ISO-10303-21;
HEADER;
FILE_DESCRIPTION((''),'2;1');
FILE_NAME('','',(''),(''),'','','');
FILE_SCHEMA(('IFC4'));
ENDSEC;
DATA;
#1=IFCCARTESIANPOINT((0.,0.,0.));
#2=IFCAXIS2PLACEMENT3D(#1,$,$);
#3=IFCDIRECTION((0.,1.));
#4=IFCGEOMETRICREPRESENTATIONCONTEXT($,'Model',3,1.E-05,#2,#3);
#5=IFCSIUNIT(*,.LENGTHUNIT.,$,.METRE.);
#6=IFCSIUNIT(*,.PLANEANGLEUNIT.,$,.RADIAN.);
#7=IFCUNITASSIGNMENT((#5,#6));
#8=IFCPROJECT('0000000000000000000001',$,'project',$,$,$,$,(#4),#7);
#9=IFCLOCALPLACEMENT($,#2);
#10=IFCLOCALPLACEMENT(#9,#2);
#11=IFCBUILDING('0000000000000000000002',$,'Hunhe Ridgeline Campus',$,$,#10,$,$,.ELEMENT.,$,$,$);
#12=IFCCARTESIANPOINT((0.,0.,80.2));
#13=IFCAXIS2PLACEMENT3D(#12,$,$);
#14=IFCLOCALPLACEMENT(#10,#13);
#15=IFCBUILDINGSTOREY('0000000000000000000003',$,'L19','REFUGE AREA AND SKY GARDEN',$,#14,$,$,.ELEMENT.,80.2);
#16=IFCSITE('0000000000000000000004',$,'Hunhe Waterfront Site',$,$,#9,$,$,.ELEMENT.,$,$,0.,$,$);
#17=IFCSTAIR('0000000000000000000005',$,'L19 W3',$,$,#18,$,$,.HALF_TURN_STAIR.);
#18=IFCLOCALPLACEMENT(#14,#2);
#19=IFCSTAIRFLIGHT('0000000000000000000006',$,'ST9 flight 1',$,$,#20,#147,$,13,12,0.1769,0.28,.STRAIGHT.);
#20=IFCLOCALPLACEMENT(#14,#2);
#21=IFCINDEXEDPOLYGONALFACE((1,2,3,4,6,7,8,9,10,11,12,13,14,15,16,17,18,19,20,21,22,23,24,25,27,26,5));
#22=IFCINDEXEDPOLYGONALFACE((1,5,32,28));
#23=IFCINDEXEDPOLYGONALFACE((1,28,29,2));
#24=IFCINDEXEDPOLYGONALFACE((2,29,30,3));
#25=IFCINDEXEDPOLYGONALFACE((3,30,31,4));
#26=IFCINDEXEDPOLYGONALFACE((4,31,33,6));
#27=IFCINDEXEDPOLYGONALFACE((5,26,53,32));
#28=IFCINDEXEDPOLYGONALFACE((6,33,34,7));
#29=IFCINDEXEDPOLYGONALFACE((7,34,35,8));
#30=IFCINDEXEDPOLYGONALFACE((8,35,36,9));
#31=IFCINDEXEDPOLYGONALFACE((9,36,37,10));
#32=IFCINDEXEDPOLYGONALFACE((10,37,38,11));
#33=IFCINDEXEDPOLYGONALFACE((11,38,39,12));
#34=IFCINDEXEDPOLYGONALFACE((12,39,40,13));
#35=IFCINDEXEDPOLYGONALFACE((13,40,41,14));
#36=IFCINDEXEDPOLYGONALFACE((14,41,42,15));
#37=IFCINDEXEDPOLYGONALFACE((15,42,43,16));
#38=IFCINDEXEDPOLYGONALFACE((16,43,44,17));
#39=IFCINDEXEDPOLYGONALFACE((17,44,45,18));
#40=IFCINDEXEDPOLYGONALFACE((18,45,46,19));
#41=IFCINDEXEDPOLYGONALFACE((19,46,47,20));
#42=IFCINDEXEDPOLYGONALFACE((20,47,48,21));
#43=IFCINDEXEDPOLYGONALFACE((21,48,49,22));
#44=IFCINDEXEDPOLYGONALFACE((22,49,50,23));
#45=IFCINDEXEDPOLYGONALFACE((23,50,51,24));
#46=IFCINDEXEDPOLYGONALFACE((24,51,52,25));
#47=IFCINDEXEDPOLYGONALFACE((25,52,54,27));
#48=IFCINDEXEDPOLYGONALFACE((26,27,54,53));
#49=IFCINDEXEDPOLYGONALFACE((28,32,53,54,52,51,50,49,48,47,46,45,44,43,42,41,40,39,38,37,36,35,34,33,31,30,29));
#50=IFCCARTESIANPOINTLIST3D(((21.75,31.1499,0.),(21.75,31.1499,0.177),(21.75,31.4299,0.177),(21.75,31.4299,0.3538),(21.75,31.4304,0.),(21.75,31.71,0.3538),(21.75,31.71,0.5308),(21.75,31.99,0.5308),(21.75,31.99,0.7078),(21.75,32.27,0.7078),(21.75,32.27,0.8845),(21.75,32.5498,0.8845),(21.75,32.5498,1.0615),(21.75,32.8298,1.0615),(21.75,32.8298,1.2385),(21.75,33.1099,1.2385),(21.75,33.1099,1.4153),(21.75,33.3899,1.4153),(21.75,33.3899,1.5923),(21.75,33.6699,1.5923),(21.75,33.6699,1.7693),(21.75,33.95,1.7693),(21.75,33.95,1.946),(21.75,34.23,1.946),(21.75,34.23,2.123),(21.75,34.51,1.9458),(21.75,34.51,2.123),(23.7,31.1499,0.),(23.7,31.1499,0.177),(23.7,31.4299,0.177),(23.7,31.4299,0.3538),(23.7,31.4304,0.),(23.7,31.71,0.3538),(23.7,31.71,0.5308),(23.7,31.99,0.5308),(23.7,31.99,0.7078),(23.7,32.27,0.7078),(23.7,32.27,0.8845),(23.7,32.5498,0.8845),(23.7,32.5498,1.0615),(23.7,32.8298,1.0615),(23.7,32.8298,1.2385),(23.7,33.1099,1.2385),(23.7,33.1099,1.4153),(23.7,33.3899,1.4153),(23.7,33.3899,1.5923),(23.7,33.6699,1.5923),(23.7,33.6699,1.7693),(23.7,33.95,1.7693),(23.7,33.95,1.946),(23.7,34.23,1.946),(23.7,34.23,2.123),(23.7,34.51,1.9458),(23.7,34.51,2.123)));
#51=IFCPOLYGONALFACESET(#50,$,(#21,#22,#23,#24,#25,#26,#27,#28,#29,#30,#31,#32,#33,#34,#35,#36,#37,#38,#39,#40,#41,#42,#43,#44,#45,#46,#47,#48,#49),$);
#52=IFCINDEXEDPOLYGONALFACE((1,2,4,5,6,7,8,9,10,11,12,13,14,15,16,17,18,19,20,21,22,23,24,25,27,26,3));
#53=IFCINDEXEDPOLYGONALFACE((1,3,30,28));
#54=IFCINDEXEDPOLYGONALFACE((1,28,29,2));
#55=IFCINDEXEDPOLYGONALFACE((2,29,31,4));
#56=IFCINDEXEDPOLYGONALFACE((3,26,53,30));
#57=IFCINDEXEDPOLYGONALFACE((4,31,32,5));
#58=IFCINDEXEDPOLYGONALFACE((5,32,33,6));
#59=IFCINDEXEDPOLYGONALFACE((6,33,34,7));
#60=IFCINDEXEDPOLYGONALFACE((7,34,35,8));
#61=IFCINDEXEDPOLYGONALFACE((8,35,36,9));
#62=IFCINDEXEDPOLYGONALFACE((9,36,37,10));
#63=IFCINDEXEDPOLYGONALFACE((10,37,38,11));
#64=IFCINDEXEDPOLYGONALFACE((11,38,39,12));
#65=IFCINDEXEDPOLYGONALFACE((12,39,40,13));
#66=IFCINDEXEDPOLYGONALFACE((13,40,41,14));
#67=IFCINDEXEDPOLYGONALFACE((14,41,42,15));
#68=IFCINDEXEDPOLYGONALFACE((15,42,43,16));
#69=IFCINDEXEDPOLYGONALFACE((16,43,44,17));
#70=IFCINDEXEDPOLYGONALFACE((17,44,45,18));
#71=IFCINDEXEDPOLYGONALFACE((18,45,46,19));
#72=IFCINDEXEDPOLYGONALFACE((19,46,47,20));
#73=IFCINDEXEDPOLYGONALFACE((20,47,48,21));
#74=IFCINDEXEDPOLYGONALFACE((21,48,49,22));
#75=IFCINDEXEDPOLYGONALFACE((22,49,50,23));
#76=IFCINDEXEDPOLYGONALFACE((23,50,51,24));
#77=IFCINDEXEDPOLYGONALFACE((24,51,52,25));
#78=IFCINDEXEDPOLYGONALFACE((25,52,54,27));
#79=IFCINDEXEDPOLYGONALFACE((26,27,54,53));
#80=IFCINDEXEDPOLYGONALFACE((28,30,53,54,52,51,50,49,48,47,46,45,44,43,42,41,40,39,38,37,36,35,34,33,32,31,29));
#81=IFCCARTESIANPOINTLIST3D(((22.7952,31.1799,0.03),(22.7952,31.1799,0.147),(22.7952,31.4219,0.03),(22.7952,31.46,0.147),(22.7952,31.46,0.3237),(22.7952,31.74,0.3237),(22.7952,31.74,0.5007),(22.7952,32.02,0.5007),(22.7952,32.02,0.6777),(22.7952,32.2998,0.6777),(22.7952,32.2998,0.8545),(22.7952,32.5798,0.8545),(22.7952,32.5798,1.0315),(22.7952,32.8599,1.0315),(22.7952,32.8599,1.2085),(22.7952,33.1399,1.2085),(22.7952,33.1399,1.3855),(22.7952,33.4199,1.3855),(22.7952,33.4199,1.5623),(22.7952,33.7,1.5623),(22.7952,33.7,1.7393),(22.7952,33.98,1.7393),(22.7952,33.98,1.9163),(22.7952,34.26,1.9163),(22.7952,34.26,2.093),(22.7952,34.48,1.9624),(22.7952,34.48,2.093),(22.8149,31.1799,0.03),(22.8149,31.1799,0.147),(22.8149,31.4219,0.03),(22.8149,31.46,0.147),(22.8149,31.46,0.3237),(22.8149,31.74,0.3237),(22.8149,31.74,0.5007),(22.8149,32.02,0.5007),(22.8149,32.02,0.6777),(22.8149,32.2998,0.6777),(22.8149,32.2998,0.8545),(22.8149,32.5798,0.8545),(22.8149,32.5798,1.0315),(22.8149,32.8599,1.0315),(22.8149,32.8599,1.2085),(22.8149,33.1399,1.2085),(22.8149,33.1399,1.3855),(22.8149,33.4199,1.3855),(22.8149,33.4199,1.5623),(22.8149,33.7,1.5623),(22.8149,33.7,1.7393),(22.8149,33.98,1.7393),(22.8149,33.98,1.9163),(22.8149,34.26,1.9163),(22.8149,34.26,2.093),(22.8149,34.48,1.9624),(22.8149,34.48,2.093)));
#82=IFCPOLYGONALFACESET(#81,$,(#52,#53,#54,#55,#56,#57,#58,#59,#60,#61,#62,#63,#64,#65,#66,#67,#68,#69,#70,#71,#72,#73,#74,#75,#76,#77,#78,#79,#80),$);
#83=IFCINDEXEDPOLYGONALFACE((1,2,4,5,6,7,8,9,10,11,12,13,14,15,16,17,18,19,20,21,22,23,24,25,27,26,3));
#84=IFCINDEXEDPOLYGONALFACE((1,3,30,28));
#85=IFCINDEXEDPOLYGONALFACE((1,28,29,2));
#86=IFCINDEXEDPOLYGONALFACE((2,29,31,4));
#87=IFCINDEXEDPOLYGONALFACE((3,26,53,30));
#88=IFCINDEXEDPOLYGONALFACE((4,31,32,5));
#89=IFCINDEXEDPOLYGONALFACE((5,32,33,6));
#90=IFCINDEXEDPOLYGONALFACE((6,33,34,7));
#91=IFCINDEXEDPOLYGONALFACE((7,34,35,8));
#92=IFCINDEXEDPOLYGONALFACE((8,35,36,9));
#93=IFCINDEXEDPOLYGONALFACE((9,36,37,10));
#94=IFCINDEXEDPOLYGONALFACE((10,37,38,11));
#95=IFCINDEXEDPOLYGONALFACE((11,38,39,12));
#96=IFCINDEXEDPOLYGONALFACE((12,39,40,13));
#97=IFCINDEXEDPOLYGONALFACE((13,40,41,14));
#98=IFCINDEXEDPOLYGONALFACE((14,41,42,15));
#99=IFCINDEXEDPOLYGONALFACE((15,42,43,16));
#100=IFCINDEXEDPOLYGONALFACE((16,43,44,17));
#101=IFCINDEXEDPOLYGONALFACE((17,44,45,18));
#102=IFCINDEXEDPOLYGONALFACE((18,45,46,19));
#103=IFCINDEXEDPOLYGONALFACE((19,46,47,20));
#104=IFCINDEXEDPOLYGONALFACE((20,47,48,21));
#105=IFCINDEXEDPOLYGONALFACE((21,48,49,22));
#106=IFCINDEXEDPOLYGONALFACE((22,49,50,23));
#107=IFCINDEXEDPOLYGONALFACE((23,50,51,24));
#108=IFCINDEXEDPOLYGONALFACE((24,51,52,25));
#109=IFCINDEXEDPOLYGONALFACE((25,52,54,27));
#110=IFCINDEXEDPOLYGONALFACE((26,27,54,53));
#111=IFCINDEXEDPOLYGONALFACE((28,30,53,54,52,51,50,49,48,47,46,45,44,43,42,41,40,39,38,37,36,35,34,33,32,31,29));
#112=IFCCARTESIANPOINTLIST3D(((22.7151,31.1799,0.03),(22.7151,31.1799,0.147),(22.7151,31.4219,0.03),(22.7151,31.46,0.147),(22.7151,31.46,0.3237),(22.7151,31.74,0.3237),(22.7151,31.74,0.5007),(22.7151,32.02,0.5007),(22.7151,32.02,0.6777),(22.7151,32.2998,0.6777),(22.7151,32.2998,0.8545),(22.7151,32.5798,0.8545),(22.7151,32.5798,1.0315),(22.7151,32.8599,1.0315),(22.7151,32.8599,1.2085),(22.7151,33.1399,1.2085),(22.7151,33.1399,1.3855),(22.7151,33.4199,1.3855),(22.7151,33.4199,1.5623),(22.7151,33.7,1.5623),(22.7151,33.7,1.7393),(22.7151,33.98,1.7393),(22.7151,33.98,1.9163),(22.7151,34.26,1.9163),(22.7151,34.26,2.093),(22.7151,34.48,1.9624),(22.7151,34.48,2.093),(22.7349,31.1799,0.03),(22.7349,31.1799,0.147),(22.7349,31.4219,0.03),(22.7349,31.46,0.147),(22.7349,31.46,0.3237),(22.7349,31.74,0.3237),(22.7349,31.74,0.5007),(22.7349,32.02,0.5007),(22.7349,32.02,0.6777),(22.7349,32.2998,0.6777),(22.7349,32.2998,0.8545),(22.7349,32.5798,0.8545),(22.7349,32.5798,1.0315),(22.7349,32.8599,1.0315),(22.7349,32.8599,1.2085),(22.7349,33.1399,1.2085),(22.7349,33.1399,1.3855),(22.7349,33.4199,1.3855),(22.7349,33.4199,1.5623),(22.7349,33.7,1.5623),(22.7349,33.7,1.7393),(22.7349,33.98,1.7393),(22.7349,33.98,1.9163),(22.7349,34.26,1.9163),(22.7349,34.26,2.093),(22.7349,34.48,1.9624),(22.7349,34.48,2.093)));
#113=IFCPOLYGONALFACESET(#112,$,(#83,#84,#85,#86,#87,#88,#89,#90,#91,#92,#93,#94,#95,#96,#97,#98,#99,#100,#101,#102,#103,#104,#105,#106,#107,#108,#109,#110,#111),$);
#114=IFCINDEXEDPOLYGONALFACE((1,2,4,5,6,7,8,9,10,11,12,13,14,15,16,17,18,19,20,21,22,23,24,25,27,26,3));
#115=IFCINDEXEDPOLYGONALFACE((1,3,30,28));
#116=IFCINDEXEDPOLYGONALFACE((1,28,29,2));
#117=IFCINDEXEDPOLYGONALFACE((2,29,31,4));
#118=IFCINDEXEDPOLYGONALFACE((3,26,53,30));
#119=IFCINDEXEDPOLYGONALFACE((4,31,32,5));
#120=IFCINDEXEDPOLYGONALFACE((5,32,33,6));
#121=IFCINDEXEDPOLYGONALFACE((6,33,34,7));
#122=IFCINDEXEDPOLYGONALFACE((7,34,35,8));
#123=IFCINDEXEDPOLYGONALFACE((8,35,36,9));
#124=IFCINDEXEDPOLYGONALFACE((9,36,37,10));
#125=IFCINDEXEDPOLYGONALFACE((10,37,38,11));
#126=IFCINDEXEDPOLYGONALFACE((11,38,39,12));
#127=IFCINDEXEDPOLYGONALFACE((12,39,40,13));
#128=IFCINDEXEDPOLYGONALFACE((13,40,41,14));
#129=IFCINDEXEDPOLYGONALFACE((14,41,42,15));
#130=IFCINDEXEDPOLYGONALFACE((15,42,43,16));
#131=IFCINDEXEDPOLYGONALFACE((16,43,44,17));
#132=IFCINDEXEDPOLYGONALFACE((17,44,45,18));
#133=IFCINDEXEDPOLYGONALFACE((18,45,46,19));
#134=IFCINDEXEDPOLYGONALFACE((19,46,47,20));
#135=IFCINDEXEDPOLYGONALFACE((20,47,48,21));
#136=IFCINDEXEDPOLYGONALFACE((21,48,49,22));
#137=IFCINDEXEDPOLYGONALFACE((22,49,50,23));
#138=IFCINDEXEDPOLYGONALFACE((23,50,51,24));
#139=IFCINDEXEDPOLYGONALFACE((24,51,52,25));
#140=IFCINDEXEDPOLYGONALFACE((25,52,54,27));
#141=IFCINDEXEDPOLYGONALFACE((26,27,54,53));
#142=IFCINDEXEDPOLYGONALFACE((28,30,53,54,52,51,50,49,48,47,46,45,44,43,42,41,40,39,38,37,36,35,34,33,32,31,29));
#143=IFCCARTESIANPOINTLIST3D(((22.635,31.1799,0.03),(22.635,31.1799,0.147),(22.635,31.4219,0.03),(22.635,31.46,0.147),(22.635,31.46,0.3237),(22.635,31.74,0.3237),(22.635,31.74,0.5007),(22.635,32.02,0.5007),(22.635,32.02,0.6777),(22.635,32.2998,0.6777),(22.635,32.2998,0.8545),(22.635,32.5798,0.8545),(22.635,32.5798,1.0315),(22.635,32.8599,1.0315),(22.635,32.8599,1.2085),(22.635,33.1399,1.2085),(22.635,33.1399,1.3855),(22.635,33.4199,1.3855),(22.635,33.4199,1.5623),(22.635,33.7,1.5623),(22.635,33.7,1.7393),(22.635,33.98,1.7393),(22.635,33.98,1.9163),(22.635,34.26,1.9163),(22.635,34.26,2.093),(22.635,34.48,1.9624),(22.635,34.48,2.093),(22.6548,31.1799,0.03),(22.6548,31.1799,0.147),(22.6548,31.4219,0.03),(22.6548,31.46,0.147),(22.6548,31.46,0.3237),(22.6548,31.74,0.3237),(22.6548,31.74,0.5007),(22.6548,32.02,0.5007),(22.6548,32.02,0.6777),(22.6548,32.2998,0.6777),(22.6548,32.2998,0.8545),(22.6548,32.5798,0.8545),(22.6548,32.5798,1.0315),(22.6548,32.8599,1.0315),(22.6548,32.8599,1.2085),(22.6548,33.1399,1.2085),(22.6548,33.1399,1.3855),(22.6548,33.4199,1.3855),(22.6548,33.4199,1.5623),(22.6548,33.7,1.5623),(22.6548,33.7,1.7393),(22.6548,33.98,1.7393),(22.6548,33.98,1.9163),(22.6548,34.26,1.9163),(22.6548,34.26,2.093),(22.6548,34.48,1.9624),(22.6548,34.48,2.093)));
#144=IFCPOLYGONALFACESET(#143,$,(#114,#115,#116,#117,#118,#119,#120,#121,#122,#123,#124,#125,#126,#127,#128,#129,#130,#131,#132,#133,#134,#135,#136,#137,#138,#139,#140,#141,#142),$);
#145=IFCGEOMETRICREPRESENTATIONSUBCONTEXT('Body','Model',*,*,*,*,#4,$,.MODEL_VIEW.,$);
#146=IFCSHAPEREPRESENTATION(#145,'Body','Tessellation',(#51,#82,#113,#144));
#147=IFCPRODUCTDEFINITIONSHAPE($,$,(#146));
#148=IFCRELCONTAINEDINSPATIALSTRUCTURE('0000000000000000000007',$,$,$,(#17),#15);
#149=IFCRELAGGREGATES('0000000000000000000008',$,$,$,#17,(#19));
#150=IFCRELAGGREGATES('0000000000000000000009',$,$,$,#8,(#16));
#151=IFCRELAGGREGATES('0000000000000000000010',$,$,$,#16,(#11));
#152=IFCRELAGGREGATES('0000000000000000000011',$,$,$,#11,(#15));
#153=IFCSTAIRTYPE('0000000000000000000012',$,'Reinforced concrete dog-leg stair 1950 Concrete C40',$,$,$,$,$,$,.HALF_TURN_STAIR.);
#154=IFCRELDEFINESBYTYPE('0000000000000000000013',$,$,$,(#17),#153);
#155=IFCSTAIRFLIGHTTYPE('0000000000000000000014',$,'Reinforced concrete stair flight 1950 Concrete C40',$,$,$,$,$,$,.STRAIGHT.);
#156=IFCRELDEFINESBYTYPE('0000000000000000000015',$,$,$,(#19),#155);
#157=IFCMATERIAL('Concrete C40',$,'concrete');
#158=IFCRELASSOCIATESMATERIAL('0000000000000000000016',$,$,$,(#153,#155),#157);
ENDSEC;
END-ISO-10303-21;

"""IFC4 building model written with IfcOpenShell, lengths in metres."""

from ifc_helpers import new_model, si_unit, direction, frame, origin, place, context, subcontext, project, spatial, polyline, outline, extrude, material, type_object, element, aggregate, save


model = new_model("IFC4")

# Units and contexts
model_context = context("Model", 3, precision=1e-05, world=origin(), true_north=direction((0.0, 1.0)))
body_context = subcontext(model_context, "Body", "Model", "MODEL_VIEW")
ifc_project = project(units=[si_unit("LENGTHUNIT", "METRE"), si_unit("PLANEANGLEUNIT", "RADIAN")], contexts=[model_context])

# Site, building, storey
site_placement = place(None, origin())
site = spatial("IfcSite", under=ifc_project, at=site_placement, Name="Hunhe Waterfront Site", CompositionType="ELEMENT", RefElevation=0.0)
building_placement = place(site_placement, origin())
building = spatial("IfcBuilding", under=site, at=building_placement, Name="Hunhe Ridgeline Campus", CompositionType="ELEMENT")
storey_placement = place(building_placement, frame((0.0, 0.0, 80.2)))
storey = spatial("IfcBuildingStorey", under=building, at=storey_placement, Name="L19", Description="REFUGE AREA AND SKY GARDEN", CompositionType="ELEMENT", Elevation=80.2)

# Stair, stair flight
ifc_material_1 = material(Name="Concrete C40", Category="concrete")
stair_type = type_object("IfcStairType", Name="Reinforced concrete dog-leg stair 1950 Concrete C40", PredefinedType="HALF_TURN_STAIR", material=ifc_material_1)
stair_placement = place(storey_placement, origin())
stair = element("IfcStair", 1, at=stair_placement, inside=storey, type_object=stair_type, Name="L19 W3", PredefinedType="HALF_TURN_STAIR")
stair_flight_type = type_object("IfcStairFlightType", Name="Reinforced concrete stair flight 1950 Concrete C40", PredefinedType="STRAIGHT", material=ifc_material_1)
stair_flight_placement = place(storey_placement, frame((22.7251, 31.1499, 0.0), z_axis=(0.0, 0.0, 1.0), x_axis=(0.0, 1.0, 0.0)))
stair_flight = element("IfcStairFlight", 2, at=stair_flight_placement, type_object=stair_flight_type, Name="ST9 flight 1", NumberOfRisers=13, NumberOfTreads=12, PredefinedType="STRAIGHT", RiserHeight=0.1769, TreadLength=0.28, context=body_context, shape_type="SweptSolid", body=[
    extrude(outline(polyline([(0.0, 0.0), (0.0, 0.177), (0.28, 0.177), (0.28, 0.3538), (0.5601, 0.3538), (0.5601, 0.5308), (0.8401, 0.5308), (0.8401, 0.7078), (1.1201, 0.7078), (1.1201, 0.8845), (1.3999, 0.8845), (1.3999, 1.0615), (1.6799, 1.0615), (1.6799, 1.2385), (1.96, 1.2385), (1.96, 1.4153), (2.24, 1.4153), (2.24, 1.5923), (2.52, 1.5923), (2.52, 1.7693), (2.8, 1.7693), (2.8, 1.946), (3.0801, 1.946), (3.0801, 2.123), (3.3601, 2.123), (3.3601, 2.3), (3.3601, 1.9458), (0.2805, 0.0), (0.0, 0.0)])), frame((0.0, 0.9751, 0.0), z_axis=(0.0, -1.0, 0.0), x_axis=(1.0, 0.0, 0.0)), (0.0, 0.0, 1.0), 1.95),
    extrude(outline(polyline([(0.03, 0.03), (0.03, 0.147), (0.3101, 0.147), (0.3101, 0.3237), (0.5901, 0.3237), (0.5901, 0.5007), (0.8701, 0.5007), (0.8701, 0.6777), (1.1499, 0.6777), (1.1499, 0.8545), (1.4299, 0.8545), (1.4299, 1.0315), (1.71, 1.0315), (1.71, 1.2085), (1.99, 1.2085), (1.99, 1.3855), (2.27, 1.3855), (2.27, 1.5623), (2.55, 1.5623), (2.55, 1.7393), (2.8301, 1.7393), (2.8301, 1.9163), (3.1101, 1.9163), (3.1101, 2.093), (3.3301, 2.093), (3.3301, 1.9624), (0.272, 0.03), (0.03, 0.03)])), frame((0.0, -0.0701, 0.0), z_axis=(0.0, -1.0, 0.0), x_axis=(1.0, 0.0, 0.0)), (0.0, 0.0, 1.0), 0.0198),
    extrude(outline(polyline([(0.03, 0.03), (0.03, 0.147), (0.3101, 0.147), (0.3101, 0.3237), (0.5901, 0.3237), (0.5901, 0.5007), (0.8701, 0.5007), (0.8701, 0.6777), (1.1499, 0.6777), (1.1499, 0.8545), (1.4299, 0.8545), (1.4299, 1.0315), (1.71, 1.0315), (1.71, 1.2085), (1.99, 1.2085), (1.99, 1.3855), (2.27, 1.3855), (2.27, 1.5623), (2.55, 1.5623), (2.55, 1.7393), (2.8301, 1.7393), (2.8301, 1.9163), (3.1101, 1.9163), (3.1101, 2.093), (3.3301, 2.093), (3.3301, 1.9624), (0.272, 0.03), (0.03, 0.03)])), frame((0.0, 0.01, 0.0), z_axis=(0.0, -1.0, 0.0), x_axis=(1.0, 0.0, 0.0)), (0.0, 0.0, 1.0), 0.0198),
    extrude(outline(polyline([(0.03, 0.03), (0.03, 0.147), (0.3101, 0.147), (0.3101, 0.3237), (0.5901, 0.3237), (0.5901, 0.5007), (0.8701, 0.5007), (0.8701, 0.6777), (1.1499, 0.6777), (1.1499, 0.8545), (1.4299, 0.8545), (1.4299, 1.0315), (1.71, 1.0315), (1.71, 1.2085), (1.99, 1.2085), (1.99, 1.3855), (2.27, 1.3855), (2.27, 1.5623), (2.55, 1.5623), (2.55, 1.7393), (2.8301, 1.7393), (2.8301, 1.9163), (3.1101, 1.9163), (3.1101, 2.093), (3.3301, 2.093), (3.3301, 1.9624), (0.272, 0.03), (0.03, 0.03)])), frame((0.0, 0.0901, 0.0), z_axis=(0.0, -1.0, 0.0), x_axis=(1.0, 0.0, 0.0)), (0.0, 0.0, 1.0), 0.0198),
])
aggregate(stair, [stair_flight])

save(model, "model.ifc")
